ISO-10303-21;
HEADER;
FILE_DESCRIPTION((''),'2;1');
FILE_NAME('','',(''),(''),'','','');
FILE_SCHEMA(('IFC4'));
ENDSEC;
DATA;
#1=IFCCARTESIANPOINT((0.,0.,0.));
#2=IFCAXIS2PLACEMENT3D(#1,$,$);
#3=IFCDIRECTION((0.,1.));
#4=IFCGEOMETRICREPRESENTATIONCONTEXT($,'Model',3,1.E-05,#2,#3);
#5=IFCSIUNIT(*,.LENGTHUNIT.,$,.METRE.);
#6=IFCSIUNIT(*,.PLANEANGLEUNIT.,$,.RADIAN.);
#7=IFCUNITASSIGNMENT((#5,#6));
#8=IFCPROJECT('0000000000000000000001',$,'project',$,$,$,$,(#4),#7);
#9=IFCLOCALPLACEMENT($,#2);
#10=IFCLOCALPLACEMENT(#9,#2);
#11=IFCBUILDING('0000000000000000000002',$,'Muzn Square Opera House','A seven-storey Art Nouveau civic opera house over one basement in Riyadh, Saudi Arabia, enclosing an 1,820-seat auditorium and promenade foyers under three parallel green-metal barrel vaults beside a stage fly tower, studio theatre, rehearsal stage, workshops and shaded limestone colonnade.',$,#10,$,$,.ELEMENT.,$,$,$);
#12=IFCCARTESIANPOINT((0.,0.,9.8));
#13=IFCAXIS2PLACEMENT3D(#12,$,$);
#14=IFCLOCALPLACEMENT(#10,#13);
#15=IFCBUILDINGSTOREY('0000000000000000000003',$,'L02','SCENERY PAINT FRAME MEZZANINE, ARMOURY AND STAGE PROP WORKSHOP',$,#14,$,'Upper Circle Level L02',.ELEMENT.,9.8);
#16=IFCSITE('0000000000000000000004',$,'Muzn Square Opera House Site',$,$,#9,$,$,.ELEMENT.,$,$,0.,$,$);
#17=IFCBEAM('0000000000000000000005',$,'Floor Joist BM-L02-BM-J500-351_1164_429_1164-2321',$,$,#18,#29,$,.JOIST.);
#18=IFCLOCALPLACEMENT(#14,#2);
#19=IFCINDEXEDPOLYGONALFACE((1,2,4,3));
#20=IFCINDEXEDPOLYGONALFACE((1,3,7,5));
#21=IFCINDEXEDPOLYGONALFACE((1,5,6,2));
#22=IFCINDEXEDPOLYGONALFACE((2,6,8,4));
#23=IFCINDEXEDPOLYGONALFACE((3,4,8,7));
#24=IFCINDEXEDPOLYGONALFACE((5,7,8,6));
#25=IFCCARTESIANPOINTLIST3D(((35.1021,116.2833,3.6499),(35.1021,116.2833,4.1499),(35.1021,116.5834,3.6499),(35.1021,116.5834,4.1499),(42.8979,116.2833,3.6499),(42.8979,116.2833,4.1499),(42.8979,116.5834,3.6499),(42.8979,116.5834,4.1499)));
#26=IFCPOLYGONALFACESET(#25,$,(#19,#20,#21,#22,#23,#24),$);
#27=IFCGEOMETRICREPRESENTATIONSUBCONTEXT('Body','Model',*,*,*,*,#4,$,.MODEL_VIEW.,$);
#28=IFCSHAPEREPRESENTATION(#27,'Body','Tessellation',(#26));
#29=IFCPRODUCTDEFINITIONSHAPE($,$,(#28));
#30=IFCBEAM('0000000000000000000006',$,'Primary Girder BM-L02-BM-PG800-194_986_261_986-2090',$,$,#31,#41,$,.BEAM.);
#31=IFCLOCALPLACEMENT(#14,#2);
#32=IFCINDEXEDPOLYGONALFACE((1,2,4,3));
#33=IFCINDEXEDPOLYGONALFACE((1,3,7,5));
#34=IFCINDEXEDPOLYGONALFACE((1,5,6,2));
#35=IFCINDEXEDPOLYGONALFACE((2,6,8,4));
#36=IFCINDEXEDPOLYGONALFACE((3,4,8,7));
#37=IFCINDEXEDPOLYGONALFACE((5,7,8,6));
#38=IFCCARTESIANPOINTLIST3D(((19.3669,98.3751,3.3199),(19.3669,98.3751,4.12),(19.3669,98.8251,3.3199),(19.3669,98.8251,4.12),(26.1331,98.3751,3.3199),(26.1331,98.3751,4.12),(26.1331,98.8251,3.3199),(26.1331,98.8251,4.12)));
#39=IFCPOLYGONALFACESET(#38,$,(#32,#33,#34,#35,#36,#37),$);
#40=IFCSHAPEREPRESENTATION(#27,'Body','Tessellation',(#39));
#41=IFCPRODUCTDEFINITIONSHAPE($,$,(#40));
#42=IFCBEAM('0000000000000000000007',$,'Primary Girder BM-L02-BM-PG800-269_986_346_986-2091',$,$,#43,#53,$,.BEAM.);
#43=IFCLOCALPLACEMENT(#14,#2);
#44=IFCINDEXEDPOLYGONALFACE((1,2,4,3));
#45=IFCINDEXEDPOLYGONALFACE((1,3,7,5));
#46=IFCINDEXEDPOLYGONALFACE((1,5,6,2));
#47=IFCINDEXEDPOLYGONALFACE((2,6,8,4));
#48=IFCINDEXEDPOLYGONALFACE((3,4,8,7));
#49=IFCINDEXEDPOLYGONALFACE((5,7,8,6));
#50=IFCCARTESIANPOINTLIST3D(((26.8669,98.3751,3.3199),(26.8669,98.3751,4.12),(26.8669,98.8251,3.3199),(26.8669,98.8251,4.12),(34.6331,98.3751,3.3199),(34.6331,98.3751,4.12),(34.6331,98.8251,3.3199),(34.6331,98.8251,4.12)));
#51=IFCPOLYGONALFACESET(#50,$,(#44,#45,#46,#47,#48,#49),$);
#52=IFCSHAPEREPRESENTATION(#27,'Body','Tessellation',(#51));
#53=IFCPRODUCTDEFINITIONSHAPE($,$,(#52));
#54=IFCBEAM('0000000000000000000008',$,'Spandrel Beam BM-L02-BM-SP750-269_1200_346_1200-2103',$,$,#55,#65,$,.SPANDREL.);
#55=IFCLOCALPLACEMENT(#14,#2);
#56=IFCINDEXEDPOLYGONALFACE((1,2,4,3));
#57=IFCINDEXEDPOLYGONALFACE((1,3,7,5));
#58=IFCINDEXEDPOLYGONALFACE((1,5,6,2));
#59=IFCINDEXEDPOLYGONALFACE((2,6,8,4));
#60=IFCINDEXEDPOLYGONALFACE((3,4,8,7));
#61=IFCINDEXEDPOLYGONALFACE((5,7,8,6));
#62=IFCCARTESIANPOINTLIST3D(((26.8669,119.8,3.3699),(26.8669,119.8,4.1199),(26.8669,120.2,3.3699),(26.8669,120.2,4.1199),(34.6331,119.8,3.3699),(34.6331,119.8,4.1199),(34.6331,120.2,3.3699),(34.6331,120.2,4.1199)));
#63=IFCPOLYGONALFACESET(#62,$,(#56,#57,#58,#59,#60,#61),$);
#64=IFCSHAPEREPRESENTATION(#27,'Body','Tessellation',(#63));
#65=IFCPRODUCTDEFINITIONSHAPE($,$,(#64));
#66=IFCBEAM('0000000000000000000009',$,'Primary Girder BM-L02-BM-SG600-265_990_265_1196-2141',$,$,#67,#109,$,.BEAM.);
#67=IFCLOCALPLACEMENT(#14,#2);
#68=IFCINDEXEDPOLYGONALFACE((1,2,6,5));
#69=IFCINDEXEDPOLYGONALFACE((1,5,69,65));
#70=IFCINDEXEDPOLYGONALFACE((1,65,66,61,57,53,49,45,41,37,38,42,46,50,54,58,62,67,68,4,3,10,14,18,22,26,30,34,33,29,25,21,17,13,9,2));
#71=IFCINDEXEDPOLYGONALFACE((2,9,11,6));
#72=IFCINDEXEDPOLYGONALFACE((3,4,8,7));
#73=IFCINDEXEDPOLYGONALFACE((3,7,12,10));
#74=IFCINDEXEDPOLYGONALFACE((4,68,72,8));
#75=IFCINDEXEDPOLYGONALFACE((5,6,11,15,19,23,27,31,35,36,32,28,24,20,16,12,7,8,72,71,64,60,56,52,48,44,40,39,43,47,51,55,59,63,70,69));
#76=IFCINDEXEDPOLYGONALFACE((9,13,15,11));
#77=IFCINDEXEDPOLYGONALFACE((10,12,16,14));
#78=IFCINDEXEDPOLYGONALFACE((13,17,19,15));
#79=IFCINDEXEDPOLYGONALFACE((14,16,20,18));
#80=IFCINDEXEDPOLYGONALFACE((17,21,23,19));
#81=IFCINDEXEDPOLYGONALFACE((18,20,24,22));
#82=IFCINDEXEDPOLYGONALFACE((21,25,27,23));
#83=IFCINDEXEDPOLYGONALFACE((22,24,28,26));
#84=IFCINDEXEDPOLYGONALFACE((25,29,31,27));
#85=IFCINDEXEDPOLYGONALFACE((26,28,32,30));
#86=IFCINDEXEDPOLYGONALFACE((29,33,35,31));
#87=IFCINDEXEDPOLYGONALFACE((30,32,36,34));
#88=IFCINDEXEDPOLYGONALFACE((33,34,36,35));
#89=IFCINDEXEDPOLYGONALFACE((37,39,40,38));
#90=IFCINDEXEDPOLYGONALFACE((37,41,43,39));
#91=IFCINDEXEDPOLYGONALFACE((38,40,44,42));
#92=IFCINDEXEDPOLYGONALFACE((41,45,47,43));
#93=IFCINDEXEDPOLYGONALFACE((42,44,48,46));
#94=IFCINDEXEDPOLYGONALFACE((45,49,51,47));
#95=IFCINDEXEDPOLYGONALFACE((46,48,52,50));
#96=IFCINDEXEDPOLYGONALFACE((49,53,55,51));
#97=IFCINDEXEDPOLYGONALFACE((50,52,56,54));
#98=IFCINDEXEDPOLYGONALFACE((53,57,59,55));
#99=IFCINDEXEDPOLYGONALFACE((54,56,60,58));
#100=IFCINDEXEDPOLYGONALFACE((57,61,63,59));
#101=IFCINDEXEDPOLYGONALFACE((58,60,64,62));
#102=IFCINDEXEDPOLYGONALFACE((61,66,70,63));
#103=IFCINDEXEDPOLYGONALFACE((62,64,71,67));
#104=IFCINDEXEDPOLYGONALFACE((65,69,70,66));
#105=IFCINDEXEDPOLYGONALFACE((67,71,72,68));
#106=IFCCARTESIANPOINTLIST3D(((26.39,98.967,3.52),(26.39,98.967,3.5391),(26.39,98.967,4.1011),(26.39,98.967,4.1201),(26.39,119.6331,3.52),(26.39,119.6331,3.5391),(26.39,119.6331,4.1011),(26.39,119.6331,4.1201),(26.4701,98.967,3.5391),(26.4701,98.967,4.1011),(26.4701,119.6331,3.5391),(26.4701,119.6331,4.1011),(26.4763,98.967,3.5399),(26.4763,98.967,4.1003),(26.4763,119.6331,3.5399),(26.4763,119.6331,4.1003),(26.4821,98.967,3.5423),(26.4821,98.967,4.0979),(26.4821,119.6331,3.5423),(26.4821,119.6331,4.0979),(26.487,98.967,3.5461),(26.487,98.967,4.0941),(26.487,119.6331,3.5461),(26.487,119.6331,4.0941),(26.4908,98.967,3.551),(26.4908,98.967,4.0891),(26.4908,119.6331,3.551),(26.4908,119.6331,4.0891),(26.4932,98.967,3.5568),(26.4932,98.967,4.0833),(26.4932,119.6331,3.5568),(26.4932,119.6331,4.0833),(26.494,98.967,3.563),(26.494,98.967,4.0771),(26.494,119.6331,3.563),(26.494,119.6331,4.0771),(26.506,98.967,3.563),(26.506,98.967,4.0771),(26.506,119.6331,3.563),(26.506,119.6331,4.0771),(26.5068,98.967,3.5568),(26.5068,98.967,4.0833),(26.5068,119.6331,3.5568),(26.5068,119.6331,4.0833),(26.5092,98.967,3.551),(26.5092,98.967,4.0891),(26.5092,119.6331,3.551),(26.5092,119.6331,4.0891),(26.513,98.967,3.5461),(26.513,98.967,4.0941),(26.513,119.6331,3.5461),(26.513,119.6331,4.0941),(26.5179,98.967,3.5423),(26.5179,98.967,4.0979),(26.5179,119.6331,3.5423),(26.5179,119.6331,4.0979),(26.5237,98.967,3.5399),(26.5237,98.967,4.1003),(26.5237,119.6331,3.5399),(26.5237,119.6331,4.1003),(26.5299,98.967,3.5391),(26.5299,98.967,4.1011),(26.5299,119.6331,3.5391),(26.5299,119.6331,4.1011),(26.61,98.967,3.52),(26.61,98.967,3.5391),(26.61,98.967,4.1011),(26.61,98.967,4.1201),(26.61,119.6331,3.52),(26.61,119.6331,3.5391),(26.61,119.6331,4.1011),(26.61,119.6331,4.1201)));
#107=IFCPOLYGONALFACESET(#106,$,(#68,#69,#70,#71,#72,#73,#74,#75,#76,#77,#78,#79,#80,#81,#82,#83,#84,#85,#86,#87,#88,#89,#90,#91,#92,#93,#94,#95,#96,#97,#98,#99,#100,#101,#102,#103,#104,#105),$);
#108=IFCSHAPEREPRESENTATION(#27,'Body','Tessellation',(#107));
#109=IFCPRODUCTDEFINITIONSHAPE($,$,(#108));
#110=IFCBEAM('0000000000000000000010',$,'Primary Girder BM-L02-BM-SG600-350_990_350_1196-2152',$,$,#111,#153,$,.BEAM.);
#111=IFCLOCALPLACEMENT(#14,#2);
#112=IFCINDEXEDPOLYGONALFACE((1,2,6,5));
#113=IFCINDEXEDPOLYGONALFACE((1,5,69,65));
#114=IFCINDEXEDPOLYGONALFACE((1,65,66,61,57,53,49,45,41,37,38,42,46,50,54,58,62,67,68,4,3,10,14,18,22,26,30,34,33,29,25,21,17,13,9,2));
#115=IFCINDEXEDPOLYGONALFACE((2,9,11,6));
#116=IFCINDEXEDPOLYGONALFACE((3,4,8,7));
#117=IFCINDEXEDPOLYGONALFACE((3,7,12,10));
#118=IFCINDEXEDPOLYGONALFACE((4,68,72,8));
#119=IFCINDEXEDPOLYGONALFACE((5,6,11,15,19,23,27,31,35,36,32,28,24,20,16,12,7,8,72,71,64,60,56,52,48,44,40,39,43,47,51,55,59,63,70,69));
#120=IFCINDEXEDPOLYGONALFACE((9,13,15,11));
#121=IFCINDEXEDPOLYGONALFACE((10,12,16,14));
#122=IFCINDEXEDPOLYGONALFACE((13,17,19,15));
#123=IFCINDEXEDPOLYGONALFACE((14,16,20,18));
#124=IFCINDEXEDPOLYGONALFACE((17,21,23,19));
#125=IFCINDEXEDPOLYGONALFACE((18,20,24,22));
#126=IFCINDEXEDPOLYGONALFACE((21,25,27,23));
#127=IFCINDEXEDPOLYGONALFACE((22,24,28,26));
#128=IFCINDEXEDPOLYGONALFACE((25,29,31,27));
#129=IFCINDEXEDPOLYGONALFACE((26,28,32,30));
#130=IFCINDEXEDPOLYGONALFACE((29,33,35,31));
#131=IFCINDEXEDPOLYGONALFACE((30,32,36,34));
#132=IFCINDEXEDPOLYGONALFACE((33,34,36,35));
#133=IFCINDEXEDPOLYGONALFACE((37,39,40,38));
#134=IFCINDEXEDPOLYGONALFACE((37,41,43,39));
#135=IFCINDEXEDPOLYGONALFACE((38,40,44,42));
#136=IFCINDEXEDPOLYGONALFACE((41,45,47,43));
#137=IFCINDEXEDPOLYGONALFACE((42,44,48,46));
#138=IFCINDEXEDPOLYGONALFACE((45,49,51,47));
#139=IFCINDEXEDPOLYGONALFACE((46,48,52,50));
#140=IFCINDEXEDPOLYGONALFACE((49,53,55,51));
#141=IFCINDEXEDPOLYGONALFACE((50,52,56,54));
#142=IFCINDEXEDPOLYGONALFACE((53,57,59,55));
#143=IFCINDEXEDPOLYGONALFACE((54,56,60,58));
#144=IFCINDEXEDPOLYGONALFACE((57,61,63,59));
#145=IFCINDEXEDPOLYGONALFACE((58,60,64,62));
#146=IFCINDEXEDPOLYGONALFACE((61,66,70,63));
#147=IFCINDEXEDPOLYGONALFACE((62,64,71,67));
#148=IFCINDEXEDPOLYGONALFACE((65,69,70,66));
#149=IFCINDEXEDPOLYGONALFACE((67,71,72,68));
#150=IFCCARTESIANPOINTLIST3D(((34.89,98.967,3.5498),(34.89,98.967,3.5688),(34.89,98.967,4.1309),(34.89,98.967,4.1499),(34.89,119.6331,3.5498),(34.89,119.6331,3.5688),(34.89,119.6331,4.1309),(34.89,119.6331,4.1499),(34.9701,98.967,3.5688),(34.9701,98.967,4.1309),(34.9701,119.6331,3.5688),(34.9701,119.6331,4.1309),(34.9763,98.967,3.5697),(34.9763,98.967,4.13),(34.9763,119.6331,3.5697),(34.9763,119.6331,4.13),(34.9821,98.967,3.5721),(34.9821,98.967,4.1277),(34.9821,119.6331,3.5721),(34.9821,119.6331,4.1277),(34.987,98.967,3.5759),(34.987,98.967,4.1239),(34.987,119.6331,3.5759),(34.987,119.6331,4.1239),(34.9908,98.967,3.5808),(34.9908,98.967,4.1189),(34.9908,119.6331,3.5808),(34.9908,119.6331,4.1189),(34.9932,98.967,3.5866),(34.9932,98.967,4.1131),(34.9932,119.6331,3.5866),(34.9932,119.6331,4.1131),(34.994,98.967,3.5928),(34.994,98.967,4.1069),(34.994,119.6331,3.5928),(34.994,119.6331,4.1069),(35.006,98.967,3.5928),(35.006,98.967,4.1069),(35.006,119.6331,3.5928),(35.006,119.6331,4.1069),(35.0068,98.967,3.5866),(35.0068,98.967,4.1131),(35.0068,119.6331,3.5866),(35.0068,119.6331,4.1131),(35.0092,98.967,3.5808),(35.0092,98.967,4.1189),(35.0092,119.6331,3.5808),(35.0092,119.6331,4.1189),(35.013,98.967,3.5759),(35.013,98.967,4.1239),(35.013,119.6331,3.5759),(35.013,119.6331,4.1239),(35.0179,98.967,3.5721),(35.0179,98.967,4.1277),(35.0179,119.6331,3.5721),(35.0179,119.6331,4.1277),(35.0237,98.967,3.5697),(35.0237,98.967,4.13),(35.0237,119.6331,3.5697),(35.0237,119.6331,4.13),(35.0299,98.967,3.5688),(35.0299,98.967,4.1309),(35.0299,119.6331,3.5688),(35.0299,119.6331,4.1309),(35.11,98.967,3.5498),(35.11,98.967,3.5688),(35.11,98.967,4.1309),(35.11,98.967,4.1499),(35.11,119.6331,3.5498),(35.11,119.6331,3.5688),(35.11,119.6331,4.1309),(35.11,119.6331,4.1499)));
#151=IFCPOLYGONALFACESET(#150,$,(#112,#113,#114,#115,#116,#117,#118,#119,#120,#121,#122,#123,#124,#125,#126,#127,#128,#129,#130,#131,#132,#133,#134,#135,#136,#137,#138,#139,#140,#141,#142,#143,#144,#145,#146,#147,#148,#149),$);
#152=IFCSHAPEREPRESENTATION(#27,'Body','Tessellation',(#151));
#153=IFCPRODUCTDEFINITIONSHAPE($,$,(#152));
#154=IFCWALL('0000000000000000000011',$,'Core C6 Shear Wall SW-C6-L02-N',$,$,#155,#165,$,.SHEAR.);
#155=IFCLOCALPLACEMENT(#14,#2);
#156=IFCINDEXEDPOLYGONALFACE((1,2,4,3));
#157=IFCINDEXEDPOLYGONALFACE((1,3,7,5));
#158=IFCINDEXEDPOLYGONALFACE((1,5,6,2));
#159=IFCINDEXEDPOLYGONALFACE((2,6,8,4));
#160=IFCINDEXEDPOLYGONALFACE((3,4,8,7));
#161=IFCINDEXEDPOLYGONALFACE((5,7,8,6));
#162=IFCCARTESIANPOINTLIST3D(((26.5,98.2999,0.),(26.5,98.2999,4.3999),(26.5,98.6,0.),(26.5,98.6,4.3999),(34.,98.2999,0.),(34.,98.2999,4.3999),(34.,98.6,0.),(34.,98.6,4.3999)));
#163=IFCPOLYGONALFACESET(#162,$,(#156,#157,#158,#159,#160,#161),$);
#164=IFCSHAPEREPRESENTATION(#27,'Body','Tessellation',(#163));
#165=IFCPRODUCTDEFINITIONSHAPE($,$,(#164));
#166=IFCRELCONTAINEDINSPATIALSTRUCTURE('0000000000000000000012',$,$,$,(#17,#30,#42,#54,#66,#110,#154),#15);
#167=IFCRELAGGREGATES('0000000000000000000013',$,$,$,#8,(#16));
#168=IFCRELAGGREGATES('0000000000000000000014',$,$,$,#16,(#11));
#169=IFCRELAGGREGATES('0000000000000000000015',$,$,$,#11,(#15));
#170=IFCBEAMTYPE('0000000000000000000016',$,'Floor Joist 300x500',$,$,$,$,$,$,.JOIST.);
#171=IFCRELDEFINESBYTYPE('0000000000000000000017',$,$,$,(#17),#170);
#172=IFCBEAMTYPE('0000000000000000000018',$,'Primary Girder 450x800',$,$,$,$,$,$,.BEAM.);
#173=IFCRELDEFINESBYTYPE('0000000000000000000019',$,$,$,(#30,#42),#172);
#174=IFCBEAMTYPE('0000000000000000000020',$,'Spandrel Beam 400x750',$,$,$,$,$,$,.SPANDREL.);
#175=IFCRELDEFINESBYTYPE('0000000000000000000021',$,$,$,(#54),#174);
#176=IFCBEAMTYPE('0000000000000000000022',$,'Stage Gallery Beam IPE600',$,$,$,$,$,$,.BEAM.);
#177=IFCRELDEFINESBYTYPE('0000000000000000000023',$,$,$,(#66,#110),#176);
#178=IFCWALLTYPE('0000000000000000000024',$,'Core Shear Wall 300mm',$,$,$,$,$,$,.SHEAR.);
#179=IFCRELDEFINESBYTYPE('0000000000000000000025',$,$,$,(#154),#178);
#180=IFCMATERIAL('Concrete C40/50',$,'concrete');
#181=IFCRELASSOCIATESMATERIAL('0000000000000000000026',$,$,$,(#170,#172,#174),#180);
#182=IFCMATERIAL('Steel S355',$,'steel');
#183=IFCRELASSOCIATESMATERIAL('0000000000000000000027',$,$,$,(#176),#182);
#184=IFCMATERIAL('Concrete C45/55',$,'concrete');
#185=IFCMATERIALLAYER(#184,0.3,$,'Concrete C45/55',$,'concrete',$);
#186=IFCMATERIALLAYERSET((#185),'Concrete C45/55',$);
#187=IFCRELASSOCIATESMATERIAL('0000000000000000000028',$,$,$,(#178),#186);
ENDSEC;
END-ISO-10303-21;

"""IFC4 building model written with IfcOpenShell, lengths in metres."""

from ifc_helpers import new_model, si_unit, direction, frame, frame_2d, origin, origin_2d, place, context, subcontext, project, spatial, rectangle, i_section, extrude, material, layer, layer_set, material_profile, profile_set, type_object, element, save


model = new_model("IFC4")

# Units and contexts
model_context = context("Model", 3, precision=1e-05, world=origin(), true_north=direction((0.0, 1.0)))
body_context = subcontext(model_context, "Body", "Model", "MODEL_VIEW")
ifc_project = project(units=[si_unit("LENGTHUNIT", "METRE"), si_unit("PLANEANGLEUNIT", "RADIAN")], contexts=[model_context])

# Site, building, storey
site_placement = place(None, origin())
site = spatial("IfcSite", under=ifc_project, at=site_placement, Name="Muzn Square Opera House Site", CompositionType="ELEMENT", RefElevation=0.0)
building_placement = place(site_placement, origin())
building = spatial("IfcBuilding", under=site, at=building_placement, Name="Muzn Square Opera House", Description="A seven-storey Art Nouveau civic opera house over one basement in Riyadh, Saudi Arabia, enclosing an 1,820-seat auditorium and promenade foyers under three parallel green-metal barrel vaults beside a stage fly tower, studio theatre, rehearsal stage, workshops and shaded limestone colonnade.", CompositionType="ELEMENT")
storey_placement = place(building_placement, frame((0.0, 0.0, 9.8)))
storey = spatial("IfcBuildingStorey", under=building, at=storey_placement, Name="L02", Description="SCENERY PAINT FRAME MEZZANINE, ARMOURY AND STAGE PROP WORKSHOP", LongName="Upper Circle Level L02", CompositionType="ELEMENT", Elevation=9.8)

# Shared definitions
ifc_material_1 = material(Name="Concrete C45/55", Category="concrete")

# Beams
ifc_material_2 = material(Name="Concrete C40/50", Category="concrete")
ifc_material_profile_1 = material_profile(ifc_material_2, rectangle(XDim=0.3, YDim=0.5, at=origin_2d()), Name="RCJ 300x500", Category="concrete")
ifc_profile_set_1 = profile_set([ifc_material_profile_1], Name="Concrete C40/50")
beam_type_1 = type_object("IfcBeamType", Name="Floor Joist 300x500", PredefinedType="JOIST", material=ifc_profile_set_1)
for number, where, z_axis, x_axis, name in (
    (1, (35.1021, 116.4333, 3.8999), (1.0, 0.0, 0.0), (0.0, 1.0, 0.0), "Floor Joist BM-L02-BM-J500-351_1164_429_1164-2321"),
):
    element("IfcBeam", number, at=place(storey_placement, frame(where, z_axis=z_axis, x_axis=x_axis)), inside=storey, type_object=beam_type_1, Name=name, PredefinedType="JOIST", context=body_context, shape_type="SweptSolid", body=[
        extrude(rectangle(XDim=0.3, YDim=0.5, at=origin_2d()), origin(), (0.0, 0.0, 1.0), 7.7959),
    ])
ifc_material_profile_2 = material_profile(ifc_material_2, rectangle(XDim=0.45, YDim=0.8, at=origin_2d()), Name="RCB 450x800", Category="concrete")
ifc_profile_set_2 = profile_set([ifc_material_profile_2], Name="Concrete C40/50")
beam_type_2 = type_object("IfcBeamType", Name="Primary Girder 450x800", PredefinedType="BEAM", material=ifc_profile_set_2)
beam_1_placement = place(storey_placement, frame((19.3669, 98.6001, 3.72), z_axis=(1.0, 0.0, 0.0), x_axis=(0.0, 1.0, 0.0)))
element("IfcBeam", 2, at=beam_1_placement, inside=storey, type_object=beam_type_2, Name="Primary Girder BM-L02-BM-PG800-194_986_261_986-2090", PredefinedType="BEAM", context=body_context, shape_type="SweptSolid", body=[
    extrude(rectangle(XDim=0.45, YDim=0.8, at=origin_2d()), origin(), (0.0, 0.0, 1.0), 6.7661),
])
beam_2_placement = place(storey_placement, frame((26.8669, 98.6001, 3.72), z_axis=(1.0, 0.0, 0.0), x_axis=(0.0, 1.0, 0.0)))
element("IfcBeam", 3, at=beam_2_placement, inside=storey, type_object=beam_type_2, Name="Primary Girder BM-L02-BM-PG800-269_986_346_986-2091", PredefinedType="BEAM", context=body_context, shape_type="SweptSolid", body=[
    extrude(rectangle(XDim=0.45, YDim=0.8, at=origin_2d()), origin(), (0.0, 0.0, 1.0), 7.7661),
])
ifc_material_profile_3 = material_profile(ifc_material_2, rectangle(XDim=0.3999, YDim=0.75, at=origin_2d()), Name="RCS 400x750", Category="concrete")
ifc_profile_set_3 = profile_set([ifc_material_profile_3], Name="Concrete C40/50")
beam_type_3 = type_object("IfcBeamType", Name="Spandrel Beam 400x750", PredefinedType="SPANDREL", material=ifc_profile_set_3)
beam_3_placement = place(storey_placement, frame((26.8669, 120.0, 3.7449), z_axis=(1.0, 0.0, 0.0), x_axis=(0.0, 1.0, 0.0)))
element("IfcBeam", 4, at=beam_3_placement, inside=storey, type_object=beam_type_3, Name="Spandrel Beam BM-L02-BM-SP750-269_1200_346_1200-2103", PredefinedType="SPANDREL", context=body_context, shape_type="SweptSolid", body=[
    extrude(rectangle(XDim=0.3999, YDim=0.75, at=origin_2d()), origin(), (0.0, 0.0, 1.0), 7.7661),
])
ifc_material_3 = material(Name="Steel S355", Category="steel")
ifc_material_profile_4 = material_profile(ifc_material_3, i_section(OverallWidth=0.22, OverallDepth=0.6001, WebThickness=0.012, FlangeThickness=0.019, FilletRadius=0.0239, at=origin_2d()), Name="IPE 600", Category="steel")
ifc_profile_set_4 = profile_set([ifc_material_profile_4], Name="Steel S355")
beam_type_4 = type_object("IfcBeamType", Name="Stage Gallery Beam IPE600", PredefinedType="BEAM", material=ifc_profile_set_4)
for number, where, z_axis, x_axis, name in (
    (5, (26.5, 98.967, 3.8201), (0.0, 1.0, 0.0), (-1.0, 0.0, 0.0), "Primary Girder BM-L02-BM-SG600-265_990_265_1196-2141"),
    (6, (35.0, 98.967, 3.8499), (0.0, 1.0, 0.0), (-1.0, 0.0, 0.0), "Primary Girder BM-L02-BM-SG600-350_990_350_1196-2152"),
):
    element("IfcBeam", number, at=place(storey_placement, frame(where, z_axis=z_axis, x_axis=x_axis)), inside=storey, type_object=beam_type_4, Name=name, PredefinedType="BEAM", context=body_context, shape_type="SweptSolid", body=[
        extrude(i_section(OverallWidth=0.22, OverallDepth=0.6001, WebThickness=0.012, FlangeThickness=0.019, FilletRadius=0.0239, at=origin_2d()), origin(), (0.0, 0.0, 1.0), 20.666),
    ])

# Wall
ifc_layer_1 = layer(ifc_material_1, 0.3, Name="Concrete C45/55", Category="concrete")
ifc_layer_set_1 = layer_set([ifc_layer_1], Name="Concrete C45/55")
wall_type_1 = type_object("IfcWallType", Name="Core Shear Wall 300mm", PredefinedType="SHEAR", material=ifc_layer_set_1)
wall_1_placement = place(storey_placement, frame((26.5, 98.45, 0.0), z_axis=(0.0, 0.0, 1.0), x_axis=(1.0, 0.0, 0.0)))
element("IfcWall", 7, at=wall_1_placement, inside=storey, type_object=wall_type_1, Name="Core C6 Shear Wall SW-C6-L02-N", PredefinedType="SHEAR", context=body_context, shape_type="SweptSolid", body=[
    extrude(rectangle(XDim=7.5, YDim=0.3, at=frame_2d((3.75, 0.0))), origin(), (0.0, 0.0, 1.0), 4.3999),
])

save(model, "model.ifc")
